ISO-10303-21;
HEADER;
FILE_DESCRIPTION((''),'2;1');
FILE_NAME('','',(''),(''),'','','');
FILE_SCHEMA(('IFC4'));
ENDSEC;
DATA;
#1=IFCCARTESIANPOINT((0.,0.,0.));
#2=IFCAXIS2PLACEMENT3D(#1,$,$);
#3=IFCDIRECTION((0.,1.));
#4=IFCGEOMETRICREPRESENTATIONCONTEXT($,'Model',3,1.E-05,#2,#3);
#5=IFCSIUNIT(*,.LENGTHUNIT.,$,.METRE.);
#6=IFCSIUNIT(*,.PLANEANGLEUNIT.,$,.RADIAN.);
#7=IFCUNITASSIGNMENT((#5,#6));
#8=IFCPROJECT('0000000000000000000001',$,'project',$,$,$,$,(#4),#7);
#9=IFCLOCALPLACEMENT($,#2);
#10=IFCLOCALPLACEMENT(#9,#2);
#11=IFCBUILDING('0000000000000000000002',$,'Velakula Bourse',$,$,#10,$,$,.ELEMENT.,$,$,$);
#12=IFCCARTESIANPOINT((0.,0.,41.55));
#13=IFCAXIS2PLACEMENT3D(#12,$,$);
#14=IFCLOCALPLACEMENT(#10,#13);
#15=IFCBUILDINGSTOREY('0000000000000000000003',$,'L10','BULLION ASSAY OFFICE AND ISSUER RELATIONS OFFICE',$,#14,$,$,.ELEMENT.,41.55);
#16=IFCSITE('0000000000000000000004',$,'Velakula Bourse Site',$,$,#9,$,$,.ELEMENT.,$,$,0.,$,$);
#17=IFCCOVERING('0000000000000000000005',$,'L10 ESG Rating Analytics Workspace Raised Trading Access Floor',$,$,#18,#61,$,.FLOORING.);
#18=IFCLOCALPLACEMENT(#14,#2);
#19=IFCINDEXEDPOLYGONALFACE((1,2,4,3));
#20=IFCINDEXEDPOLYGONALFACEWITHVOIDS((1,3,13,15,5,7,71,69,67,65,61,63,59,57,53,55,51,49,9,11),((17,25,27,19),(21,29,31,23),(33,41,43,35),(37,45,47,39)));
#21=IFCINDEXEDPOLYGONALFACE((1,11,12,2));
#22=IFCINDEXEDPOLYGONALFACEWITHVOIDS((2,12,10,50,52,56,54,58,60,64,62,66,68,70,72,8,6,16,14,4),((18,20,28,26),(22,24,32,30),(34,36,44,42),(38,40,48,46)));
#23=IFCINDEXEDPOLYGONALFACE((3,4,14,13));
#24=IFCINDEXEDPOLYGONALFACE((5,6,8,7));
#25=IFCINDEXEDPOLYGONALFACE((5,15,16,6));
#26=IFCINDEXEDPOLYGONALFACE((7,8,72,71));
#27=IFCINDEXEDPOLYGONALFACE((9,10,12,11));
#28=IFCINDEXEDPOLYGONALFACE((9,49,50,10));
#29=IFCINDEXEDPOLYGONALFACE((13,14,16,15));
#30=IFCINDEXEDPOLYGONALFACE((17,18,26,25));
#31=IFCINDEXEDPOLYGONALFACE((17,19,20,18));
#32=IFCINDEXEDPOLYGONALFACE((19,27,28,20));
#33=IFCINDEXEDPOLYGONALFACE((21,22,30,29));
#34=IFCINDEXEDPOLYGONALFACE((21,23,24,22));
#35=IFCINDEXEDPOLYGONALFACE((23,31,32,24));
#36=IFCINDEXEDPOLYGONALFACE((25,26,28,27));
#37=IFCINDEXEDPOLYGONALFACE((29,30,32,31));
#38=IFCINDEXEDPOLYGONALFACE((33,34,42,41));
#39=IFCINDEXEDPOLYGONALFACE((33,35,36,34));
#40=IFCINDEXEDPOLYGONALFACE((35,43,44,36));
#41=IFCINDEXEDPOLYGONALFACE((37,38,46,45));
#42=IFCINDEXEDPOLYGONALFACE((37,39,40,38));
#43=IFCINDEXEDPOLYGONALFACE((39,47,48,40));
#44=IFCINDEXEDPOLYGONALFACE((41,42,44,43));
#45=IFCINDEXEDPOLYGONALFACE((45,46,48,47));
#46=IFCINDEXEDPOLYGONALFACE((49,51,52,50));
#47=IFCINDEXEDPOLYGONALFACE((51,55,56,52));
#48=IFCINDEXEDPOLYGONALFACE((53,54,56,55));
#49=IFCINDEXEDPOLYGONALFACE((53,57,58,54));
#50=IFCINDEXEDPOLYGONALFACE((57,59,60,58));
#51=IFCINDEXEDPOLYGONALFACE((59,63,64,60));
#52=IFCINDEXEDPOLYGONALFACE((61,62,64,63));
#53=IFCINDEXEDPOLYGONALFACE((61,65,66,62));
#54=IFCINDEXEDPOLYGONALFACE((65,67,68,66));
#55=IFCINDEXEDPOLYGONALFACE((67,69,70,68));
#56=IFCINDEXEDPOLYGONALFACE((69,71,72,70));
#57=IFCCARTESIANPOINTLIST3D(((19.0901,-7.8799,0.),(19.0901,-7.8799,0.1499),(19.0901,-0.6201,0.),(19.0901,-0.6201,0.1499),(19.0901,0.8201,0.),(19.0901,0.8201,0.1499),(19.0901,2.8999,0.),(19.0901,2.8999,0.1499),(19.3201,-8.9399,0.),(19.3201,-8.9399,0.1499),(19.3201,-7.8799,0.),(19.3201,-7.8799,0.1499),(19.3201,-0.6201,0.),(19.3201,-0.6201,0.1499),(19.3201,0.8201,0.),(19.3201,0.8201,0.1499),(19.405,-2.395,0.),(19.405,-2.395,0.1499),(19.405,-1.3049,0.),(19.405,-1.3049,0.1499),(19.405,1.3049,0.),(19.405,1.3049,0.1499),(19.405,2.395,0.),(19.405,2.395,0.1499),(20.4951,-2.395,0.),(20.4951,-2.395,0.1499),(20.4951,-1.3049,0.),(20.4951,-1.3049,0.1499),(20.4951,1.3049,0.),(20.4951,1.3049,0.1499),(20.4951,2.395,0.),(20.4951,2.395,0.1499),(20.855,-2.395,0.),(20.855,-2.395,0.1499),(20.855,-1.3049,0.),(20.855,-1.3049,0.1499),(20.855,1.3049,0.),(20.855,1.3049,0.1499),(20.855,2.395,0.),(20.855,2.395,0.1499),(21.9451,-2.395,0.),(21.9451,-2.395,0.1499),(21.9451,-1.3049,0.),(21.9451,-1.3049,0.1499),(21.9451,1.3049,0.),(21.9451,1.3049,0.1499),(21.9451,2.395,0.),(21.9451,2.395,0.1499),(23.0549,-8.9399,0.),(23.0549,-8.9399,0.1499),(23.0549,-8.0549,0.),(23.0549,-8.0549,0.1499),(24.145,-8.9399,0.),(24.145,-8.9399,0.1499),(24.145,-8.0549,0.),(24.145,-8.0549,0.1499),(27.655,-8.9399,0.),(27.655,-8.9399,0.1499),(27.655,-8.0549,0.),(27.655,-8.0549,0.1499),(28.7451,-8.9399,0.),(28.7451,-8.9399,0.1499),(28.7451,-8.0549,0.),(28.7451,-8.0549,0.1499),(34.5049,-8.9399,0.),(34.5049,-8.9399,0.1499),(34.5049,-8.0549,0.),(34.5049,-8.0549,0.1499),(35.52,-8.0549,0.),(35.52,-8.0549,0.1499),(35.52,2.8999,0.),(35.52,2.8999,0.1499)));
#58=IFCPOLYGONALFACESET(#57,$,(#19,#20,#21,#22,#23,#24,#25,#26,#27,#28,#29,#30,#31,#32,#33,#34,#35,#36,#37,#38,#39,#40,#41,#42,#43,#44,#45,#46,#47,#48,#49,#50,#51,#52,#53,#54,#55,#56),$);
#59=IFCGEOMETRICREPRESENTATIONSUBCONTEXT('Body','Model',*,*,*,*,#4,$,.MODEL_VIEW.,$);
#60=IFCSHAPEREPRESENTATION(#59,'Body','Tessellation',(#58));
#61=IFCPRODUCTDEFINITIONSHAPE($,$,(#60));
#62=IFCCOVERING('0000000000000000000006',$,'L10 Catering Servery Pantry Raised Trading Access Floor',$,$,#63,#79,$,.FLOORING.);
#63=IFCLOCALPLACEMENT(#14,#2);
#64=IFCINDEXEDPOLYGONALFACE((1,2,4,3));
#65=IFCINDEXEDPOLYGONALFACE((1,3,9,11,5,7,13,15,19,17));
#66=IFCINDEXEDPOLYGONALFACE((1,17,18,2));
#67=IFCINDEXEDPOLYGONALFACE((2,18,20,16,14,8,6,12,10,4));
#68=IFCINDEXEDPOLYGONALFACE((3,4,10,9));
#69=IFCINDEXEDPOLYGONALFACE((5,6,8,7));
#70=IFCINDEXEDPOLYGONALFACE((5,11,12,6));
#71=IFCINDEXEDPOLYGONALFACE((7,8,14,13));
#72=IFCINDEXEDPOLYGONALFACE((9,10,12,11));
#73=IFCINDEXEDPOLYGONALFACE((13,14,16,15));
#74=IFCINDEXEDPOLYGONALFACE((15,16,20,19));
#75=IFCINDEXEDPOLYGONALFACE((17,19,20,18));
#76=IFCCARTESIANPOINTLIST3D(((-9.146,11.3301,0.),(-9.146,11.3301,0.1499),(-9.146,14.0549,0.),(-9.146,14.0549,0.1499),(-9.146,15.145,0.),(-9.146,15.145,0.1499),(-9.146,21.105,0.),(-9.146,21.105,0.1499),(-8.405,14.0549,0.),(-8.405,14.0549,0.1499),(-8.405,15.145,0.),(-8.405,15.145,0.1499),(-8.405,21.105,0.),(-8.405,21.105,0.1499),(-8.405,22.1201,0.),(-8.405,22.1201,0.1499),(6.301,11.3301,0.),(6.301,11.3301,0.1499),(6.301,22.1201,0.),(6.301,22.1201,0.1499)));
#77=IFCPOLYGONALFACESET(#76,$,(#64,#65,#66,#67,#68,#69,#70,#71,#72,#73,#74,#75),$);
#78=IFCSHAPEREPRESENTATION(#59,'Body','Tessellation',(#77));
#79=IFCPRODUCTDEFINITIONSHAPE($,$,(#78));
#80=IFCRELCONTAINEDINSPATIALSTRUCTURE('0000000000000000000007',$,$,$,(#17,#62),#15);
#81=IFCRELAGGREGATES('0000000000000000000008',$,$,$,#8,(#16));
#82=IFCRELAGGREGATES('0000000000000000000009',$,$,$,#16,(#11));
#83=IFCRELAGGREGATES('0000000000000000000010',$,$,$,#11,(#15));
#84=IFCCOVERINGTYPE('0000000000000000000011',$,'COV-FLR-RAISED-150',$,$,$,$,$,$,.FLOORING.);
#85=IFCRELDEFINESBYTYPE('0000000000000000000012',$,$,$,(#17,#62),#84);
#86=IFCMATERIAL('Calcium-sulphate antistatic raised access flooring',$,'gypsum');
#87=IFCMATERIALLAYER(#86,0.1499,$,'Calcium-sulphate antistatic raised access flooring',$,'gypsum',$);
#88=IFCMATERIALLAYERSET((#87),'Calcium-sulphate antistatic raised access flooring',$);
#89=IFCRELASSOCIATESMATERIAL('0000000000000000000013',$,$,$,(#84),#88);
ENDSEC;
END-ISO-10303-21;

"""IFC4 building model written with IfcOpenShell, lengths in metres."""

from ifc_helpers import new_model, si_unit, direction, frame, origin, place, context, subcontext, project, spatial, polyline, outline, extrude, material, layer, layer_set, type_object, element, save


model = new_model("IFC4")

# Units and contexts
model_context = context("Model", 3, precision=1e-05, world=origin(), true_north=direction((0.0, 1.0)))
body_context = subcontext(model_context, "Body", "Model", "MODEL_VIEW")
ifc_project = project(units=[si_unit("LENGTHUNIT", "METRE"), si_unit("PLANEANGLEUNIT", "RADIAN")], contexts=[model_context])

# Site, building, storey
site_placement = place(None, origin())
site = spatial("IfcSite", under=ifc_project, at=site_placement, Name="Velakula Bourse Site", CompositionType="ELEMENT", RefElevation=0.0)
building_placement = place(site_placement, origin())
building = spatial("IfcBuilding", under=site, at=building_placement, Name="Velakula Bourse", CompositionType="ELEMENT")
storey_placement = place(building_placement, frame((0.0, 0.0, 41.55)))
storey = spatial("IfcBuildingStorey", under=building, at=storey_placement, Name="L10", Description="BULLION ASSAY OFFICE AND ISSUER RELATIONS OFFICE", CompositionType="ELEMENT", Elevation=41.55)

# Coverings
ifc_material_1 = material(Name="Calcium-sulphate antistatic raised access flooring", Category="gypsum")
ifc_layer_1 = layer(ifc_material_1, 0.1499, Name="Calcium-sulphate antistatic raised access flooring", Category="gypsum")
ifc_layer_set_1 = layer_set([ifc_layer_1], Name="Calcium-sulphate antistatic raised access flooring")
covering_type_1 = type_object("IfcCoveringType", Name="COV-FLR-RAISED-150", PredefinedType="FLOORING", material=ifc_layer_set_1)
covering_1_placement = place(storey_placement, origin())
element("IfcCovering", 1, at=covering_1_placement, inside=storey, type_object=covering_type_1, Name="L10 ESG Rating Analytics Workspace Raised Trading Access Floor", PredefinedType="FLOORING", context=body_context, shape_type="SweptSolid", body=[
    extrude(outline(polyline([(19.0901, -0.6201), (19.3201, -0.6201), (19.3201, 0.8201), (19.0901, 0.8201), (19.0901, 2.8999), (35.52, 2.8999), (35.52, -8.0549), (34.5049, -8.0549), (34.5049, -8.9399), (28.7451, -8.9399), (28.7451, -8.0549), (27.655, -8.0549), (27.655, -8.9399), (24.145, -8.9399), (24.145, -8.0549), (23.0549, -8.0549), (23.0549, -8.9399), (19.3201, -8.9399), (19.3201, -7.8799), (19.0901, -7.8799), (19.0901, -0.6201)]), holes=[polyline([(19.405, -2.395), (20.4951, -2.395), (20.4951, -1.3049), (19.405, -1.3049), (19.405, -2.395)]), polyline([(20.855, -2.395), (21.9451, -2.395), (21.9451, -1.3049), (20.855, -1.3049), (20.855, -2.395)]), polyline([(19.405, 1.3049), (20.4951, 1.3049), (20.4951, 2.395), (19.405, 2.395), (19.405, 1.3049)]), polyline([(20.855, 2.395), (20.855, 1.3049), (21.9451, 1.3049), (21.9451, 2.395), (20.855, 2.395)])]), origin(), (0.0, 0.0, 1.0), 0.1499),
])
covering_2_placement = place(storey_placement, origin())
element("IfcCovering", 2, at=covering_2_placement, inside=storey, type_object=covering_type_1, Name="L10 Catering Servery Pantry Raised Trading Access Floor", PredefinedType="FLOORING", context=body_context, shape_type="SweptSolid", body=[
    extrude(outline(polyline([(6.301, 22.1201), (6.301, 11.3301), (-9.146, 11.3301), (-9.146, 14.0549), (-8.405, 14.0549), (-8.405, 15.145), (-9.146, 15.145), (-9.146, 21.105), (-8.405, 21.105), (-8.405, 22.1201), (6.301, 22.1201)])), origin(), (0.0, 0.0, 1.0), 0.1499),
])

save(model, "model.ifc")
